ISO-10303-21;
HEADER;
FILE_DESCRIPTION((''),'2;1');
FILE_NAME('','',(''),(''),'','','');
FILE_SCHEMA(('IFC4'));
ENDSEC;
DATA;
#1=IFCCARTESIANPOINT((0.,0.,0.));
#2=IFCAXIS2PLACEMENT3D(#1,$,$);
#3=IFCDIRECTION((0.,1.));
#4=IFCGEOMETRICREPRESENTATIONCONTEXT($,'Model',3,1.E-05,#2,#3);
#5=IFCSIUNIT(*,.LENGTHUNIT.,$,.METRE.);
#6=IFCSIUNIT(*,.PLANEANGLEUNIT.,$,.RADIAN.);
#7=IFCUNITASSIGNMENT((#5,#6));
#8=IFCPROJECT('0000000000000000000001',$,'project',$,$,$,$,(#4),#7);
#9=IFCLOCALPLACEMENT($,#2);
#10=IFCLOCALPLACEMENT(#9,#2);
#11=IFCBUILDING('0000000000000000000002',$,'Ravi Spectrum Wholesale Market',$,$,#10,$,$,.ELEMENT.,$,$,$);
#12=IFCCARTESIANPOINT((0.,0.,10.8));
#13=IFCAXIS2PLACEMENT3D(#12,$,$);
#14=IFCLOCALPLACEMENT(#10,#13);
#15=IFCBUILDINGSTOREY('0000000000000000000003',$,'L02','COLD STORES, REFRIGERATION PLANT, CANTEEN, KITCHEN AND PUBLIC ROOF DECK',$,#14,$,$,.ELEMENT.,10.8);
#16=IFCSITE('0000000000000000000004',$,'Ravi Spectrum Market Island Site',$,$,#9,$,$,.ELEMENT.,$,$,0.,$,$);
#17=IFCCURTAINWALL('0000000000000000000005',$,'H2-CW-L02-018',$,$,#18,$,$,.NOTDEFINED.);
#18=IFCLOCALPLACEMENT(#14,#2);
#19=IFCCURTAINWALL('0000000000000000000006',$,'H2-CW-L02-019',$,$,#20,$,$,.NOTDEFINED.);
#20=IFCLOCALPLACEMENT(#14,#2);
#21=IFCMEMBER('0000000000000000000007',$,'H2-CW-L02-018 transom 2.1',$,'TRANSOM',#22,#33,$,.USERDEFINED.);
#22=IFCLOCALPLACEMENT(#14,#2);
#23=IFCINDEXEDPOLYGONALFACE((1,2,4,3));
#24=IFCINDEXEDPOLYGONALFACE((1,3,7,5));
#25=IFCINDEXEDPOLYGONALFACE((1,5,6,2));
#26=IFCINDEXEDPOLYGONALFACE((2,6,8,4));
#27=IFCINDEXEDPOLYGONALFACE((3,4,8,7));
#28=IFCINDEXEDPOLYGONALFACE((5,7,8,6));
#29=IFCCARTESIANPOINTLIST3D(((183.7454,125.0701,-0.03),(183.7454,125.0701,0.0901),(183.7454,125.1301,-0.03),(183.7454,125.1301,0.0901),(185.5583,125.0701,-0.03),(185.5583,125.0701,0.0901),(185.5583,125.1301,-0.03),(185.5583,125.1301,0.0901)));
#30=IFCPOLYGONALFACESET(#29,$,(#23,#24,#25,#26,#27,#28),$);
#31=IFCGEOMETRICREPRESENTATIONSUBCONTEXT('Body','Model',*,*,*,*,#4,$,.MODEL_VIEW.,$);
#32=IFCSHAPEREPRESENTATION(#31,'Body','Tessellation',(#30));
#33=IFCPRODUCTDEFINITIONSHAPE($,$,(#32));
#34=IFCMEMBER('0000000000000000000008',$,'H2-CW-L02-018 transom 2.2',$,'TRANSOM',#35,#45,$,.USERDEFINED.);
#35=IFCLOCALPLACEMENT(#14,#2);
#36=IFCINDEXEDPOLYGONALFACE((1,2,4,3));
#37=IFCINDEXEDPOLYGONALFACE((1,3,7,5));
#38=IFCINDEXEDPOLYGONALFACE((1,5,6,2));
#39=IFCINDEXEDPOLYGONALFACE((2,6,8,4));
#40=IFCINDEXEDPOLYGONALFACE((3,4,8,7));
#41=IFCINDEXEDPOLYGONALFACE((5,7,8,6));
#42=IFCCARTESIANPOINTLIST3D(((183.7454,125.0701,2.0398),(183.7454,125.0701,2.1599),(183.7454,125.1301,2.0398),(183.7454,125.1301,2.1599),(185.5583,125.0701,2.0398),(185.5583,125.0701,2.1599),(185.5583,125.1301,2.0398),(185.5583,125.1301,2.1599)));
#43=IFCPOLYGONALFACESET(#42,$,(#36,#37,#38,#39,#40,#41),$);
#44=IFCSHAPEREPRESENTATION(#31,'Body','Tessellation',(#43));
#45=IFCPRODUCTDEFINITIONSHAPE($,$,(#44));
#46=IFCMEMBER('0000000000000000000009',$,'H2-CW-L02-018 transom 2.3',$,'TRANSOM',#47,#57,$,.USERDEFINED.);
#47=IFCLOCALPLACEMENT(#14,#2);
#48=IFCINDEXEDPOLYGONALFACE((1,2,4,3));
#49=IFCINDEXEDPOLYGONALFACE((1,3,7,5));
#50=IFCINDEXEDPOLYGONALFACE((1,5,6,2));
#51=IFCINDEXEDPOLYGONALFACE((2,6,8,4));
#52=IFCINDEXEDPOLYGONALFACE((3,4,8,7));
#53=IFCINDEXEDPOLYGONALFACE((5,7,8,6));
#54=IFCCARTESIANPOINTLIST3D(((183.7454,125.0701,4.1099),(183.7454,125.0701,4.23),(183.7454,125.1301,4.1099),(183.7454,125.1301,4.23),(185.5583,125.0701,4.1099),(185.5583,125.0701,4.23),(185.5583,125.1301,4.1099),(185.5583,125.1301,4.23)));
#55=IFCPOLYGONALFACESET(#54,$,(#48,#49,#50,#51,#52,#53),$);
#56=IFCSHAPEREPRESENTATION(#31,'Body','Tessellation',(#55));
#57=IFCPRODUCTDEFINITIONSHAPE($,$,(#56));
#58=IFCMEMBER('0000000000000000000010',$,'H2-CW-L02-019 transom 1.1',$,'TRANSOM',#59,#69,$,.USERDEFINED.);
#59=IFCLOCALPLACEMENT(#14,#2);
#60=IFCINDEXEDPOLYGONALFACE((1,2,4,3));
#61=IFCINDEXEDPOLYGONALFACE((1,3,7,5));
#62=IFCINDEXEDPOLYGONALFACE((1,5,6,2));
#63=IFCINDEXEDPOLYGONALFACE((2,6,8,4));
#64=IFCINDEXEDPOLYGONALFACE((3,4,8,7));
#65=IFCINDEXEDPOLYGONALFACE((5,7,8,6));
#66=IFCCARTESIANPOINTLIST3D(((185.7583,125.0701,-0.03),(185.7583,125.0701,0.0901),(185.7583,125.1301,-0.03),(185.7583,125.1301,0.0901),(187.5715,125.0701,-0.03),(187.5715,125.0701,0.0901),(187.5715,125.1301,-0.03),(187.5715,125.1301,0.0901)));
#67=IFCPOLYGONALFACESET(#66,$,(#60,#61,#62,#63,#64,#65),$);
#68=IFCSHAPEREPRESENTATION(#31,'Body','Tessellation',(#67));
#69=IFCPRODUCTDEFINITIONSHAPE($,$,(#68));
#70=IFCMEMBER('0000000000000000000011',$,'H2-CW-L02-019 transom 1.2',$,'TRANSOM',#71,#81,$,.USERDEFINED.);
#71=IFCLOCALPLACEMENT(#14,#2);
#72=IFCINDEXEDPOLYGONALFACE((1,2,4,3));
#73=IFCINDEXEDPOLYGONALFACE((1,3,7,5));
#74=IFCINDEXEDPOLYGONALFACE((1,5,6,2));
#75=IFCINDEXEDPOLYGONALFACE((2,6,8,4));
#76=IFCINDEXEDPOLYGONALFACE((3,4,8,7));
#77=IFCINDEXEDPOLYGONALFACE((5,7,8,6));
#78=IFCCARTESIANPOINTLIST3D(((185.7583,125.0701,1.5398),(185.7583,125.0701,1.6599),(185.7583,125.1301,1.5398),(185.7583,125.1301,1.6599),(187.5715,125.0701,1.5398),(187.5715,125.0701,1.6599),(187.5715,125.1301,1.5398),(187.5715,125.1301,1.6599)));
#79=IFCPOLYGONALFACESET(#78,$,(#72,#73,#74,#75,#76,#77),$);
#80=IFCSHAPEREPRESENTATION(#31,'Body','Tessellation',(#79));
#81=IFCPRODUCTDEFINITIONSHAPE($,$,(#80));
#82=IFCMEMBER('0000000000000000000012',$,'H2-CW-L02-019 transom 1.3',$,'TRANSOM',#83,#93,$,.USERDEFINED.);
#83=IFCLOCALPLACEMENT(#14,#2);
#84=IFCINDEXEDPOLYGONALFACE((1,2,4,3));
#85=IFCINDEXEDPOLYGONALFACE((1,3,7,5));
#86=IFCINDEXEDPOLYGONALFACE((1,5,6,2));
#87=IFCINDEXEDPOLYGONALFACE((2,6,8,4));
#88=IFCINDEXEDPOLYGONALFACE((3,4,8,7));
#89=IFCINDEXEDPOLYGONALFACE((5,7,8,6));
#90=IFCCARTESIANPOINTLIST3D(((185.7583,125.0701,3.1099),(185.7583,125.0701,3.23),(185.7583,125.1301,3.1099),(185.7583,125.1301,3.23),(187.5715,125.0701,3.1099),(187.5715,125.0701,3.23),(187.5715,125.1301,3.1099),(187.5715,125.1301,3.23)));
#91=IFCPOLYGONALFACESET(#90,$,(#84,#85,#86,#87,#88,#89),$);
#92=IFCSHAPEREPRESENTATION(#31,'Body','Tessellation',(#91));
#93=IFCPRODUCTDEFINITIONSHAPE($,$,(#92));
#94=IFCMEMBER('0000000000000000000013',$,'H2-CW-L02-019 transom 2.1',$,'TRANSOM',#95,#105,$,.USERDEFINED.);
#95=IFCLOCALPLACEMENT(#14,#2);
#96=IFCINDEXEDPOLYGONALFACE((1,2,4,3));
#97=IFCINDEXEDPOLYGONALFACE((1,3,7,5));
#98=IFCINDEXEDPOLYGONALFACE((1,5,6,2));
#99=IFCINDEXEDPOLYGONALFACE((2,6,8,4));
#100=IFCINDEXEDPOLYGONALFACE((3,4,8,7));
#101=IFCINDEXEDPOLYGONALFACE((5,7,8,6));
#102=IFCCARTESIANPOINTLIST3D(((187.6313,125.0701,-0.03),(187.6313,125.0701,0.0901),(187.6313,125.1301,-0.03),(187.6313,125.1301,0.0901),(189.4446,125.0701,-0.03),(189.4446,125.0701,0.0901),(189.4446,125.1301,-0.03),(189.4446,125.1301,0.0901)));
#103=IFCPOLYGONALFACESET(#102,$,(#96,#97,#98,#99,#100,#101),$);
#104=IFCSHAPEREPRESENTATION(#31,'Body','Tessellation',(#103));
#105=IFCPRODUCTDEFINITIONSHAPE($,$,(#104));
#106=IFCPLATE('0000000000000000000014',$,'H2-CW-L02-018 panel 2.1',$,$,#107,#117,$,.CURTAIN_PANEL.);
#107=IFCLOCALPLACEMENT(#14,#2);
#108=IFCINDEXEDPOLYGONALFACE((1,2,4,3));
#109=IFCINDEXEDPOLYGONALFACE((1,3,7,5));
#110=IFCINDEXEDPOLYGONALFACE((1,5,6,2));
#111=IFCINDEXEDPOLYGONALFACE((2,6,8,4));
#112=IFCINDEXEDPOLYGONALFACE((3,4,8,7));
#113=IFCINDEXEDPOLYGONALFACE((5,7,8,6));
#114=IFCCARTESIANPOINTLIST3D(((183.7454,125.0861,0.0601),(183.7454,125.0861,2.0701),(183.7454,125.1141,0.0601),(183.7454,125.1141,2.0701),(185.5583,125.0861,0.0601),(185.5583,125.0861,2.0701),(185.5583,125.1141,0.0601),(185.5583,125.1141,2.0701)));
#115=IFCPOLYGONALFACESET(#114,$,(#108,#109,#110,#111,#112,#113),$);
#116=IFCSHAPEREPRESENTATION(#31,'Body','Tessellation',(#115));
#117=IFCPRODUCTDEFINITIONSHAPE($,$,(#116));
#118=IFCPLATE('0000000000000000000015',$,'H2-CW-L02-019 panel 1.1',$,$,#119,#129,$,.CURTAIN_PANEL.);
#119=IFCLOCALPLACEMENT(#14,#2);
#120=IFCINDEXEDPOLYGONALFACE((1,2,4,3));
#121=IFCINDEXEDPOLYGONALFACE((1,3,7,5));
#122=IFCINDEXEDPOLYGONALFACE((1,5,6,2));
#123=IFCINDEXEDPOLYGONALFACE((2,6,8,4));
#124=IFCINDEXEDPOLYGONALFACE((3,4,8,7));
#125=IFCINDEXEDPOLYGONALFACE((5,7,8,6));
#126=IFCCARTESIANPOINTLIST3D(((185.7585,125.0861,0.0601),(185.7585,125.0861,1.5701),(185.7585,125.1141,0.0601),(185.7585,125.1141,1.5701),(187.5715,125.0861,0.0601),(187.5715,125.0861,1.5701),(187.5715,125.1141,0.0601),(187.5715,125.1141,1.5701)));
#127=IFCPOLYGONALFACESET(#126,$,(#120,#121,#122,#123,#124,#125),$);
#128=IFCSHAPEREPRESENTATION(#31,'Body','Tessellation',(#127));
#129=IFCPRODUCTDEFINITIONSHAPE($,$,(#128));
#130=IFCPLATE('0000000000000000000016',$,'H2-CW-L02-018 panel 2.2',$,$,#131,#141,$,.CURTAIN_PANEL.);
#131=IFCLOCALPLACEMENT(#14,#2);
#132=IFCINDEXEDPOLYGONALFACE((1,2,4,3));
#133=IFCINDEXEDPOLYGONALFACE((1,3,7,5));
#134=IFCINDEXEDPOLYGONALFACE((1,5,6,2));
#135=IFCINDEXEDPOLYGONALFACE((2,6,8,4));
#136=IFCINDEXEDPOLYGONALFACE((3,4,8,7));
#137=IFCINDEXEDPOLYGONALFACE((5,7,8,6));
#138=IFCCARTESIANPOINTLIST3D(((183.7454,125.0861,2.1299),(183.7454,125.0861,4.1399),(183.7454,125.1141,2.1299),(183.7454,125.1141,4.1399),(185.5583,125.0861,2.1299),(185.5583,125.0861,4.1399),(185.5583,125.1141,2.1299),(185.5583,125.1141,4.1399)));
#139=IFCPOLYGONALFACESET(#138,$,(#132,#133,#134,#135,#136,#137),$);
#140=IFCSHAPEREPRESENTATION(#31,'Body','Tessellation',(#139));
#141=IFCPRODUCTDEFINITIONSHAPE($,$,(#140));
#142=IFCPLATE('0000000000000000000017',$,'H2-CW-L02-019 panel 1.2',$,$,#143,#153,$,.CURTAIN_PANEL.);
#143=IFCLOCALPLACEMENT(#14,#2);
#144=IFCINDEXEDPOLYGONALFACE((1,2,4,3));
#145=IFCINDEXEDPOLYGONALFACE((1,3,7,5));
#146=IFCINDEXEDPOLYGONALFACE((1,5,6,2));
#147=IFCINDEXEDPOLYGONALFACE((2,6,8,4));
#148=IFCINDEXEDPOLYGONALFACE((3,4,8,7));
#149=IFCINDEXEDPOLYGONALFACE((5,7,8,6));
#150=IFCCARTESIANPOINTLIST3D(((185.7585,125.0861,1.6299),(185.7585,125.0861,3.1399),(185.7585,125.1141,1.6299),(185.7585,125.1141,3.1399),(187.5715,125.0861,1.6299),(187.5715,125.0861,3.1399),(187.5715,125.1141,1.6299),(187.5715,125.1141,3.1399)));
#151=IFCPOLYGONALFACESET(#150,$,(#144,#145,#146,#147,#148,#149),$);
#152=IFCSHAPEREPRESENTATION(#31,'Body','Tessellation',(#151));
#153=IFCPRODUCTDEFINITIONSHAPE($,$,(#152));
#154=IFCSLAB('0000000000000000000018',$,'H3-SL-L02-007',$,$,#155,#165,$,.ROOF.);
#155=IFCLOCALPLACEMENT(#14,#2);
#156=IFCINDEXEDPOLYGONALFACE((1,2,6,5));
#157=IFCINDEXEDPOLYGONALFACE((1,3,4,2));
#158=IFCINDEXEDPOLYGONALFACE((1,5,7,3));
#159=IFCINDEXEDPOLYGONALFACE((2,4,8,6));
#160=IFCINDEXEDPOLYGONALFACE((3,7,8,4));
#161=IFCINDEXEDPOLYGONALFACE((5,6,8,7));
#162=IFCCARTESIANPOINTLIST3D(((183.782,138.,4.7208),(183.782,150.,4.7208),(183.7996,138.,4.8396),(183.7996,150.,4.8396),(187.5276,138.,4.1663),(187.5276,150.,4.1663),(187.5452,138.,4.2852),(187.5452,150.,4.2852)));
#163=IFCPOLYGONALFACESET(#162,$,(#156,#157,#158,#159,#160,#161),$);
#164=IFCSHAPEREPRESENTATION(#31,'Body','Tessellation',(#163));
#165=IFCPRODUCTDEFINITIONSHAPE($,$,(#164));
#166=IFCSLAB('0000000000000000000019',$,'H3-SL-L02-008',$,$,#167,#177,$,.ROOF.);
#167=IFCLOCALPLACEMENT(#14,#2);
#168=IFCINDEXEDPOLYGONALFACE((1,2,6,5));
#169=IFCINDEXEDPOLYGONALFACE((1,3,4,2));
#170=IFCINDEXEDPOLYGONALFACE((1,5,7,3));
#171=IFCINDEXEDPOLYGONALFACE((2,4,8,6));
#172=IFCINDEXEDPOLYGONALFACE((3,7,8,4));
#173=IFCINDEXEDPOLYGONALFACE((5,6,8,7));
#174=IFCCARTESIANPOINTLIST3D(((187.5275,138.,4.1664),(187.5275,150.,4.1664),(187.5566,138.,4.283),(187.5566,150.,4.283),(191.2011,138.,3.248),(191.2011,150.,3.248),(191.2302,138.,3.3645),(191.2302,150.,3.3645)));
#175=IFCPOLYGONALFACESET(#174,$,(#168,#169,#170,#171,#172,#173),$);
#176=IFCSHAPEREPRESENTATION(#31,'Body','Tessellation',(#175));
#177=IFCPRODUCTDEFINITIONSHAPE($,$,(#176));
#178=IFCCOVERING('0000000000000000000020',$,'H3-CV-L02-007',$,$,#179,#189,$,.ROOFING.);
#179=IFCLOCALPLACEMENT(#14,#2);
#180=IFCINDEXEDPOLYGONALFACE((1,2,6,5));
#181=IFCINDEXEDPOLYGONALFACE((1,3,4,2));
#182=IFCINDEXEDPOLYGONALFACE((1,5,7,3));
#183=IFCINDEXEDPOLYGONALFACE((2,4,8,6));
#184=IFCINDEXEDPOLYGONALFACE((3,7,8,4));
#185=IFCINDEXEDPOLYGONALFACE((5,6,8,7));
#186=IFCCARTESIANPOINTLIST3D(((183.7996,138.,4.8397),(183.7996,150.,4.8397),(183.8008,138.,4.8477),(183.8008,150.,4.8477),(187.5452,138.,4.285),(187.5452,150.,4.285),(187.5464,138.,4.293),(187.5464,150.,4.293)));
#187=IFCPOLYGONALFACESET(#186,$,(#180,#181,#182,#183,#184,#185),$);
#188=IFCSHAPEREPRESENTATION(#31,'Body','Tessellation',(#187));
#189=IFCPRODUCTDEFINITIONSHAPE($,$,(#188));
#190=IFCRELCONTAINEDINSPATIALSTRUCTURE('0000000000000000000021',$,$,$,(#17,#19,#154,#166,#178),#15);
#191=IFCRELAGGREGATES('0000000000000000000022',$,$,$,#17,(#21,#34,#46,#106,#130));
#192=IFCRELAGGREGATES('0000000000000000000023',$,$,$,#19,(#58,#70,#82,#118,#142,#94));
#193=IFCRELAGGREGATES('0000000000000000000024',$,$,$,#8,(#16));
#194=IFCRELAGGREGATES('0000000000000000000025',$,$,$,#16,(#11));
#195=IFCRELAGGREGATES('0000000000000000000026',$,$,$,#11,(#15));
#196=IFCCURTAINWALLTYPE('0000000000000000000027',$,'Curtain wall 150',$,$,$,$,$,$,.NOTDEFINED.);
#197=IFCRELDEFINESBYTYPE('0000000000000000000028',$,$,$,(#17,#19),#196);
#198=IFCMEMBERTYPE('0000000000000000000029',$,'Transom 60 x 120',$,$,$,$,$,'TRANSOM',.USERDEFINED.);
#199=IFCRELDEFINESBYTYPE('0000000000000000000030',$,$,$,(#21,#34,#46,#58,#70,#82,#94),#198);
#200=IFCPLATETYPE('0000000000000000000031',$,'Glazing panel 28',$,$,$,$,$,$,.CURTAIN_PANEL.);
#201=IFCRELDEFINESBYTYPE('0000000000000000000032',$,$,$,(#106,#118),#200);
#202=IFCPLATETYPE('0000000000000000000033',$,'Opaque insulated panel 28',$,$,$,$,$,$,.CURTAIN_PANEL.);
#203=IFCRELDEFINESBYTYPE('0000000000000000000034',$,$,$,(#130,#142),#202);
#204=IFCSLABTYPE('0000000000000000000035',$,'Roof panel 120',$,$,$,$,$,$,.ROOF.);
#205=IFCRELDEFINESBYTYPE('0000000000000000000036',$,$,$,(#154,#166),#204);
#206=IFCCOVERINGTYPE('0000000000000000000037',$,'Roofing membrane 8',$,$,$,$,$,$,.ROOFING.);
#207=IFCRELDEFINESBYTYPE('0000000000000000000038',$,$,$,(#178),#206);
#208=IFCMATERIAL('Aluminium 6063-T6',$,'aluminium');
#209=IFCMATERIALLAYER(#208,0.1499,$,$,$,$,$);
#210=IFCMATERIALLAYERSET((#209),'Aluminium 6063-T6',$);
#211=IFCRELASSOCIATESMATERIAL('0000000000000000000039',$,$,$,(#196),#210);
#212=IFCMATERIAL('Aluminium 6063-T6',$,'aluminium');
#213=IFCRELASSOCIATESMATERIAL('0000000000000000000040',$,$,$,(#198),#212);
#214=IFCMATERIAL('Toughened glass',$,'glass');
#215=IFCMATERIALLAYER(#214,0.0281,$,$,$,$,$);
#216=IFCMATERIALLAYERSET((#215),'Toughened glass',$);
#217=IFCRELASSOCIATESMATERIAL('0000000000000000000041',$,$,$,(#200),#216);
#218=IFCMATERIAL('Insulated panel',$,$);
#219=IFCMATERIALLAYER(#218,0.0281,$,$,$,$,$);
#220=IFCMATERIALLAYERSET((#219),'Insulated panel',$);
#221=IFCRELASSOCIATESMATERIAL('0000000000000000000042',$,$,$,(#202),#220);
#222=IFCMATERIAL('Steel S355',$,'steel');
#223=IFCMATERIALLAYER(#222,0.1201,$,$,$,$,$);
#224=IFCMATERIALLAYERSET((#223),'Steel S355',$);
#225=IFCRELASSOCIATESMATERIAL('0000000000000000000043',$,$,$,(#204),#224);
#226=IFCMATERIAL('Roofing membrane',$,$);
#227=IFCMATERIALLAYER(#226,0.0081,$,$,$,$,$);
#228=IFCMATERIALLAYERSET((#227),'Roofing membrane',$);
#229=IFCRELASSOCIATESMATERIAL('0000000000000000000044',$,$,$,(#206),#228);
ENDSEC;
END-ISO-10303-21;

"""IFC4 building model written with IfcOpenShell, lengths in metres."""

from ifc_helpers import new_model, si_unit, direction, frame, origin, origin_2d, place, context, subcontext, project, spatial, polyline, rectangle, outline, extrude, material, layer, layer_set, material_profile, profile_set, type_object, element, aggregate, save


model = new_model("IFC4")

# Units and contexts
model_context = context("Model", 3, precision=1e-05, world=origin(), true_north=direction((0.0, 1.0)))
body_context = subcontext(model_context, "Body", "Model", "MODEL_VIEW")
ifc_project = project(units=[si_unit("LENGTHUNIT", "METRE"), si_unit("PLANEANGLEUNIT", "RADIAN")], contexts=[model_context])

# Site, building, storey
site_placement = place(None, origin())
site = spatial("IfcSite", under=ifc_project, at=site_placement, Name="Ravi Spectrum Market Island Site", CompositionType="ELEMENT", RefElevation=0.0)
building_placement = place(site_placement, origin())
building = spatial("IfcBuilding", under=site, at=building_placement, Name="Ravi Spectrum Wholesale Market", CompositionType="ELEMENT")
storey_placement = place(building_placement, frame((0.0, 0.0, 10.8)))
storey = spatial("IfcBuildingStorey", under=building, at=storey_placement, Name="L02", Description="COLD STORES, REFRIGERATION PLANT, CANTEEN, KITCHEN AND PUBLIC ROOF DECK", CompositionType="ELEMENT", Elevation=10.8)

# Curtain wall
ifc_material_1 = material(Name="Aluminium 6063-T6", Category="aluminium")
ifc_layer_1 = layer(ifc_material_1, 0.1499)
ifc_layer_set_1 = layer_set([ifc_layer_1], Name="Aluminium 6063-T6")
curtain_wall_type = type_object("IfcCurtainWallType", Name="Curtain wall 150", PredefinedType="NOTDEFINED", material=ifc_layer_set_1)
curtain_wall_1_placement = place(storey_placement, origin())
curtain_wall_1 = element("IfcCurtainWall", 1, at=curtain_wall_1_placement, inside=storey, type_object=curtain_wall_type, Name="H2-CW-L02-018", PredefinedType="NOTDEFINED")

# Curtain wall
curtain_wall_2_placement = place(storey_placement, origin())
curtain_wall_2 = element("IfcCurtainWall", 2, at=curtain_wall_2_placement, inside=storey, type_object=curtain_wall_type, Name="H2-CW-L02-019", PredefinedType="NOTDEFINED")

# Members
ifc_material_2 = material(Name="Aluminium 6063-T6", Category="aluminium")
ifc_material_profile_1 = material_profile(ifc_material_2, rectangle(XDim=0.0601, YDim=0.1201, at=origin_2d()))
ifc_profile_set_1 = profile_set([ifc_material_profile_1], Name="Aluminium 6063-T6")
member_type_1 = type_object("IfcMemberType", Name="Transom 60 x 120", ElementType="TRANSOM", PredefinedType="USERDEFINED", material=ifc_profile_set_1)
member_1_placement = place(storey_placement, frame((183.7454, 125.1001, 0.03), z_axis=(1.0, 0.0, 0.0), x_axis=(0.0, 1.0, 0.0)))
member_1 = element("IfcMember", 3, at=member_1_placement, type_object=member_type_1, Name="H2-CW-L02-018 transom 2.1", ObjectType="TRANSOM", PredefinedType="USERDEFINED", context=body_context, shape_type="SweptSolid", body=[
    extrude(rectangle(XDim=0.0601, YDim=0.1201, at=origin_2d()), origin(), (0.0, 0.0, 1.0), 1.813),
])
member_2_placement = place(storey_placement, frame((183.7454, 125.1001, 2.0999), z_axis=(1.0, 0.0, 0.0), x_axis=(0.0, 1.0, 0.0)))
member_2 = element("IfcMember", 4, at=member_2_placement, type_object=member_type_1, Name="H2-CW-L02-018 transom 2.2", ObjectType="TRANSOM", PredefinedType="USERDEFINED", context=body_context, shape_type="SweptSolid", body=[
    extrude(rectangle(XDim=0.0601, YDim=0.1201, at=origin_2d()), origin(), (0.0, 0.0, 1.0), 1.813),
])
member_3_placement = place(storey_placement, frame((183.7454, 125.1001, 4.1699), z_axis=(1.0, 0.0, 0.0), x_axis=(0.0, 1.0, 0.0)))
member_3 = element("IfcMember", 5, at=member_3_placement, type_object=member_type_1, Name="H2-CW-L02-018 transom 2.3", ObjectType="TRANSOM", PredefinedType="USERDEFINED", context=body_context, shape_type="SweptSolid", body=[
    extrude(rectangle(XDim=0.0601, YDim=0.1201, at=origin_2d()), origin(), (0.0, 0.0, 1.0), 1.813),
])
member_4_placement = place(storey_placement, frame((185.7583, 125.1001, 0.03), z_axis=(1.0, 0.0, 0.0), x_axis=(0.0, 1.0, 0.0)))
member_4 = element("IfcMember", 6, at=member_4_placement, type_object=member_type_1, Name="H2-CW-L02-019 transom 1.1", ObjectType="TRANSOM", PredefinedType="USERDEFINED", context=body_context, shape_type="SweptSolid", body=[
    extrude(rectangle(XDim=0.0601, YDim=0.1201, at=origin_2d()), origin(), (0.0, 0.0, 1.0), 1.8132),
])
member_5_placement = place(storey_placement, frame((185.7583, 125.1001, 1.5999), z_axis=(1.0, 0.0, 0.0), x_axis=(0.0, 1.0, 0.0)))
member_5 = element("IfcMember", 7, at=member_5_placement, type_object=member_type_1, Name="H2-CW-L02-019 transom 1.2", ObjectType="TRANSOM", PredefinedType="USERDEFINED", context=body_context, shape_type="SweptSolid", body=[
    extrude(rectangle(XDim=0.0601, YDim=0.1201, at=origin_2d()), origin(), (0.0, 0.0, 1.0), 1.8132),
])
member_6_placement = place(storey_placement, frame((185.7583, 125.1001, 3.1699), z_axis=(1.0, 0.0, 0.0), x_axis=(0.0, 1.0, 0.0)))
member_6 = element("IfcMember", 8, at=member_6_placement, type_object=member_type_1, Name="H2-CW-L02-019 transom 1.3", ObjectType="TRANSOM", PredefinedType="USERDEFINED", context=body_context, shape_type="SweptSolid", body=[
    extrude(rectangle(XDim=0.0601, YDim=0.1201, at=origin_2d()), origin(), (0.0, 0.0, 1.0), 1.8132),
])
member_7_placement = place(storey_placement, frame((187.6313, 125.1001, 0.03), z_axis=(1.0, 0.0, 0.0), x_axis=(0.0, 1.0, 0.0)))
member_7 = element("IfcMember", 9, at=member_7_placement, type_object=member_type_1, Name="H2-CW-L02-019 transom 2.1", ObjectType="TRANSOM", PredefinedType="USERDEFINED", context=body_context, shape_type="SweptSolid", body=[
    extrude(rectangle(XDim=0.0601, YDim=0.1201, at=origin_2d()), origin(), (0.0, 0.0, 1.0), 1.8132),
])

# Plates
ifc_material_3 = material(Name="Toughened glass", Category="glass")
ifc_layer_2 = layer(ifc_material_3, 0.0281)
ifc_layer_set_2 = layer_set([ifc_layer_2], Name="Toughened glass")
plate_type_1 = type_object("IfcPlateType", Name="Glazing panel 28", PredefinedType="CURTAIN_PANEL", material=ifc_layer_set_2)
plate_1_placement = place(storey_placement, frame((184.6519, 125.1001, 0.0601), z_axis=(0.0, 0.0, 1.0), x_axis=(1.0, 0.0, 0.0)))
plate_1 = element("IfcPlate", 10, at=plate_1_placement, type_object=plate_type_1, Name="H2-CW-L02-018 panel 2.1", PredefinedType="CURTAIN_PANEL", context=body_context, shape_type="SweptSolid", body=[
    extrude(rectangle(XDim=1.813, YDim=0.0281, at=origin_2d()), origin(), (0.0, 0.0, 1.0), 2.01),
])
plate_2_placement = place(storey_placement, frame((186.665, 125.1001, 0.0601), z_axis=(0.0, 0.0, 1.0), x_axis=(1.0, 0.0, 0.0)))
plate_2 = element("IfcPlate", 11, at=plate_2_placement, type_object=plate_type_1, Name="H2-CW-L02-019 panel 1.1", PredefinedType="CURTAIN_PANEL", context=body_context, shape_type="SweptSolid", body=[
    extrude(rectangle(XDim=1.813, YDim=0.0281, at=origin_2d()), origin(), (0.0, 0.0, 1.0), 1.51),
])
ifc_material_4 = material(Name="Insulated panel")
ifc_layer_3 = layer(ifc_material_4, 0.0281)
ifc_layer_set_3 = layer_set([ifc_layer_3], Name="Insulated panel")
plate_type_2 = type_object("IfcPlateType", Name="Opaque insulated panel 28", PredefinedType="CURTAIN_PANEL", material=ifc_layer_set_3)
plate_3_placement = place(storey_placement, frame((184.6519, 125.1001, 2.1299), z_axis=(0.0, 0.0, 1.0), x_axis=(1.0, 0.0, 0.0)))
plate_3 = element("IfcPlate", 12, at=plate_3_placement, type_object=plate_type_2, Name="H2-CW-L02-018 panel 2.2", PredefinedType="CURTAIN_PANEL", context=body_context, shape_type="SweptSolid", body=[
    extrude(rectangle(XDim=1.813, YDim=0.0281, at=origin_2d()), origin(), (0.0, 0.0, 1.0), 2.01),
])
aggregate(curtain_wall_1, [member_1, member_2, member_3, plate_1, plate_3])
plate_4_placement = place(storey_placement, frame((186.665, 125.1001, 1.6299), z_axis=(0.0, 0.0, 1.0), x_axis=(1.0, 0.0, 0.0)))
plate_4 = element("IfcPlate", 13, at=plate_4_placement, type_object=plate_type_2, Name="H2-CW-L02-019 panel 1.2", PredefinedType="CURTAIN_PANEL", context=body_context, shape_type="SweptSolid", body=[
    extrude(rectangle(XDim=1.813, YDim=0.0281, at=origin_2d()), origin(), (0.0, 0.0, 1.0), 1.51),
])
aggregate(curtain_wall_2, [member_4, member_5, member_6, plate_2, plate_4, member_7])

# Slabs
ifc_material_5 = material(Name="Steel S355", Category="steel")
ifc_layer_4 = layer(ifc_material_5, 0.1201)
ifc_layer_set_4 = layer_set([ifc_layer_4], Name="Steel S355")
slab_type = type_object("IfcSlabType", Name="Roof panel 120", PredefinedType="ROOF", material=ifc_layer_set_4)
slab_1_placement = place(storey_placement, frame((183.7996, 138.0, 4.8396), z_axis=(0.146429, 0.0, 0.989221), x_axis=(0.989221, 0.0, -0.146429)))
element("IfcSlab", 14, at=slab_1_placement, inside=storey, type_object=slab_type, Name="H3-SL-L02-007", PredefinedType="ROOF", context=body_context, shape_type="SweptSolid", body=[
    extrude(outline(polyline([(0.0, 0.0), (3.7864, 0.0), (3.7864, 12.0), (0.0, 12.0), (0.0, 0.0)])), origin(), (0.0, 0.0, -1.0), 0.1201),
])
slab_2_placement = place(storey_placement, frame((187.5566, 138.0, 4.283), z_axis=(0.242551, 0.0, 0.970139), x_axis=(0.970139, 0.0, -0.242551)))
element("IfcSlab", 15, at=slab_2_placement, inside=storey, type_object=slab_type, Name="H3-SL-L02-008", PredefinedType="ROOF", context=body_context, shape_type="SweptSolid", body=[
    extrude(outline(polyline([(0.0, 0.0), (3.7867, 0.0), (3.7867, 12.0), (0.0, 12.0), (0.0, 0.0)])), origin(), (0.0, 0.0, -1.0), 0.1201),
])

# Covering
ifc_material_6 = material(Name="Roofing membrane")
ifc_layer_5 = layer(ifc_material_6, 0.0081)
ifc_layer_set_5 = layer_set([ifc_layer_5], Name="Roofing membrane")
covering_type = type_object("IfcCoveringType", Name="Roofing membrane 8", PredefinedType="ROOFING", material=ifc_layer_set_5)
covering_1_placement = place(storey_placement, frame((183.8008, 138.0, 4.8477), z_axis=(0.146493, 0.0, 0.989212), x_axis=(0.989212, 0.0, -0.146493)))
element("IfcCovering", 16, at=covering_1_placement, inside=storey, type_object=covering_type, Name="H3-CV-L02-007", PredefinedType="ROOFING", context=body_context, shape_type="SweptSolid", body=[
    extrude(outline(polyline([(0.0, 0.0), (3.7865, 0.0), (3.7865, 12.0), (0.0, 12.0), (0.0, 0.0)])), origin(), (0.0, 0.0, -1.0), 0.0081),
])

save(model, "model.ifc")
